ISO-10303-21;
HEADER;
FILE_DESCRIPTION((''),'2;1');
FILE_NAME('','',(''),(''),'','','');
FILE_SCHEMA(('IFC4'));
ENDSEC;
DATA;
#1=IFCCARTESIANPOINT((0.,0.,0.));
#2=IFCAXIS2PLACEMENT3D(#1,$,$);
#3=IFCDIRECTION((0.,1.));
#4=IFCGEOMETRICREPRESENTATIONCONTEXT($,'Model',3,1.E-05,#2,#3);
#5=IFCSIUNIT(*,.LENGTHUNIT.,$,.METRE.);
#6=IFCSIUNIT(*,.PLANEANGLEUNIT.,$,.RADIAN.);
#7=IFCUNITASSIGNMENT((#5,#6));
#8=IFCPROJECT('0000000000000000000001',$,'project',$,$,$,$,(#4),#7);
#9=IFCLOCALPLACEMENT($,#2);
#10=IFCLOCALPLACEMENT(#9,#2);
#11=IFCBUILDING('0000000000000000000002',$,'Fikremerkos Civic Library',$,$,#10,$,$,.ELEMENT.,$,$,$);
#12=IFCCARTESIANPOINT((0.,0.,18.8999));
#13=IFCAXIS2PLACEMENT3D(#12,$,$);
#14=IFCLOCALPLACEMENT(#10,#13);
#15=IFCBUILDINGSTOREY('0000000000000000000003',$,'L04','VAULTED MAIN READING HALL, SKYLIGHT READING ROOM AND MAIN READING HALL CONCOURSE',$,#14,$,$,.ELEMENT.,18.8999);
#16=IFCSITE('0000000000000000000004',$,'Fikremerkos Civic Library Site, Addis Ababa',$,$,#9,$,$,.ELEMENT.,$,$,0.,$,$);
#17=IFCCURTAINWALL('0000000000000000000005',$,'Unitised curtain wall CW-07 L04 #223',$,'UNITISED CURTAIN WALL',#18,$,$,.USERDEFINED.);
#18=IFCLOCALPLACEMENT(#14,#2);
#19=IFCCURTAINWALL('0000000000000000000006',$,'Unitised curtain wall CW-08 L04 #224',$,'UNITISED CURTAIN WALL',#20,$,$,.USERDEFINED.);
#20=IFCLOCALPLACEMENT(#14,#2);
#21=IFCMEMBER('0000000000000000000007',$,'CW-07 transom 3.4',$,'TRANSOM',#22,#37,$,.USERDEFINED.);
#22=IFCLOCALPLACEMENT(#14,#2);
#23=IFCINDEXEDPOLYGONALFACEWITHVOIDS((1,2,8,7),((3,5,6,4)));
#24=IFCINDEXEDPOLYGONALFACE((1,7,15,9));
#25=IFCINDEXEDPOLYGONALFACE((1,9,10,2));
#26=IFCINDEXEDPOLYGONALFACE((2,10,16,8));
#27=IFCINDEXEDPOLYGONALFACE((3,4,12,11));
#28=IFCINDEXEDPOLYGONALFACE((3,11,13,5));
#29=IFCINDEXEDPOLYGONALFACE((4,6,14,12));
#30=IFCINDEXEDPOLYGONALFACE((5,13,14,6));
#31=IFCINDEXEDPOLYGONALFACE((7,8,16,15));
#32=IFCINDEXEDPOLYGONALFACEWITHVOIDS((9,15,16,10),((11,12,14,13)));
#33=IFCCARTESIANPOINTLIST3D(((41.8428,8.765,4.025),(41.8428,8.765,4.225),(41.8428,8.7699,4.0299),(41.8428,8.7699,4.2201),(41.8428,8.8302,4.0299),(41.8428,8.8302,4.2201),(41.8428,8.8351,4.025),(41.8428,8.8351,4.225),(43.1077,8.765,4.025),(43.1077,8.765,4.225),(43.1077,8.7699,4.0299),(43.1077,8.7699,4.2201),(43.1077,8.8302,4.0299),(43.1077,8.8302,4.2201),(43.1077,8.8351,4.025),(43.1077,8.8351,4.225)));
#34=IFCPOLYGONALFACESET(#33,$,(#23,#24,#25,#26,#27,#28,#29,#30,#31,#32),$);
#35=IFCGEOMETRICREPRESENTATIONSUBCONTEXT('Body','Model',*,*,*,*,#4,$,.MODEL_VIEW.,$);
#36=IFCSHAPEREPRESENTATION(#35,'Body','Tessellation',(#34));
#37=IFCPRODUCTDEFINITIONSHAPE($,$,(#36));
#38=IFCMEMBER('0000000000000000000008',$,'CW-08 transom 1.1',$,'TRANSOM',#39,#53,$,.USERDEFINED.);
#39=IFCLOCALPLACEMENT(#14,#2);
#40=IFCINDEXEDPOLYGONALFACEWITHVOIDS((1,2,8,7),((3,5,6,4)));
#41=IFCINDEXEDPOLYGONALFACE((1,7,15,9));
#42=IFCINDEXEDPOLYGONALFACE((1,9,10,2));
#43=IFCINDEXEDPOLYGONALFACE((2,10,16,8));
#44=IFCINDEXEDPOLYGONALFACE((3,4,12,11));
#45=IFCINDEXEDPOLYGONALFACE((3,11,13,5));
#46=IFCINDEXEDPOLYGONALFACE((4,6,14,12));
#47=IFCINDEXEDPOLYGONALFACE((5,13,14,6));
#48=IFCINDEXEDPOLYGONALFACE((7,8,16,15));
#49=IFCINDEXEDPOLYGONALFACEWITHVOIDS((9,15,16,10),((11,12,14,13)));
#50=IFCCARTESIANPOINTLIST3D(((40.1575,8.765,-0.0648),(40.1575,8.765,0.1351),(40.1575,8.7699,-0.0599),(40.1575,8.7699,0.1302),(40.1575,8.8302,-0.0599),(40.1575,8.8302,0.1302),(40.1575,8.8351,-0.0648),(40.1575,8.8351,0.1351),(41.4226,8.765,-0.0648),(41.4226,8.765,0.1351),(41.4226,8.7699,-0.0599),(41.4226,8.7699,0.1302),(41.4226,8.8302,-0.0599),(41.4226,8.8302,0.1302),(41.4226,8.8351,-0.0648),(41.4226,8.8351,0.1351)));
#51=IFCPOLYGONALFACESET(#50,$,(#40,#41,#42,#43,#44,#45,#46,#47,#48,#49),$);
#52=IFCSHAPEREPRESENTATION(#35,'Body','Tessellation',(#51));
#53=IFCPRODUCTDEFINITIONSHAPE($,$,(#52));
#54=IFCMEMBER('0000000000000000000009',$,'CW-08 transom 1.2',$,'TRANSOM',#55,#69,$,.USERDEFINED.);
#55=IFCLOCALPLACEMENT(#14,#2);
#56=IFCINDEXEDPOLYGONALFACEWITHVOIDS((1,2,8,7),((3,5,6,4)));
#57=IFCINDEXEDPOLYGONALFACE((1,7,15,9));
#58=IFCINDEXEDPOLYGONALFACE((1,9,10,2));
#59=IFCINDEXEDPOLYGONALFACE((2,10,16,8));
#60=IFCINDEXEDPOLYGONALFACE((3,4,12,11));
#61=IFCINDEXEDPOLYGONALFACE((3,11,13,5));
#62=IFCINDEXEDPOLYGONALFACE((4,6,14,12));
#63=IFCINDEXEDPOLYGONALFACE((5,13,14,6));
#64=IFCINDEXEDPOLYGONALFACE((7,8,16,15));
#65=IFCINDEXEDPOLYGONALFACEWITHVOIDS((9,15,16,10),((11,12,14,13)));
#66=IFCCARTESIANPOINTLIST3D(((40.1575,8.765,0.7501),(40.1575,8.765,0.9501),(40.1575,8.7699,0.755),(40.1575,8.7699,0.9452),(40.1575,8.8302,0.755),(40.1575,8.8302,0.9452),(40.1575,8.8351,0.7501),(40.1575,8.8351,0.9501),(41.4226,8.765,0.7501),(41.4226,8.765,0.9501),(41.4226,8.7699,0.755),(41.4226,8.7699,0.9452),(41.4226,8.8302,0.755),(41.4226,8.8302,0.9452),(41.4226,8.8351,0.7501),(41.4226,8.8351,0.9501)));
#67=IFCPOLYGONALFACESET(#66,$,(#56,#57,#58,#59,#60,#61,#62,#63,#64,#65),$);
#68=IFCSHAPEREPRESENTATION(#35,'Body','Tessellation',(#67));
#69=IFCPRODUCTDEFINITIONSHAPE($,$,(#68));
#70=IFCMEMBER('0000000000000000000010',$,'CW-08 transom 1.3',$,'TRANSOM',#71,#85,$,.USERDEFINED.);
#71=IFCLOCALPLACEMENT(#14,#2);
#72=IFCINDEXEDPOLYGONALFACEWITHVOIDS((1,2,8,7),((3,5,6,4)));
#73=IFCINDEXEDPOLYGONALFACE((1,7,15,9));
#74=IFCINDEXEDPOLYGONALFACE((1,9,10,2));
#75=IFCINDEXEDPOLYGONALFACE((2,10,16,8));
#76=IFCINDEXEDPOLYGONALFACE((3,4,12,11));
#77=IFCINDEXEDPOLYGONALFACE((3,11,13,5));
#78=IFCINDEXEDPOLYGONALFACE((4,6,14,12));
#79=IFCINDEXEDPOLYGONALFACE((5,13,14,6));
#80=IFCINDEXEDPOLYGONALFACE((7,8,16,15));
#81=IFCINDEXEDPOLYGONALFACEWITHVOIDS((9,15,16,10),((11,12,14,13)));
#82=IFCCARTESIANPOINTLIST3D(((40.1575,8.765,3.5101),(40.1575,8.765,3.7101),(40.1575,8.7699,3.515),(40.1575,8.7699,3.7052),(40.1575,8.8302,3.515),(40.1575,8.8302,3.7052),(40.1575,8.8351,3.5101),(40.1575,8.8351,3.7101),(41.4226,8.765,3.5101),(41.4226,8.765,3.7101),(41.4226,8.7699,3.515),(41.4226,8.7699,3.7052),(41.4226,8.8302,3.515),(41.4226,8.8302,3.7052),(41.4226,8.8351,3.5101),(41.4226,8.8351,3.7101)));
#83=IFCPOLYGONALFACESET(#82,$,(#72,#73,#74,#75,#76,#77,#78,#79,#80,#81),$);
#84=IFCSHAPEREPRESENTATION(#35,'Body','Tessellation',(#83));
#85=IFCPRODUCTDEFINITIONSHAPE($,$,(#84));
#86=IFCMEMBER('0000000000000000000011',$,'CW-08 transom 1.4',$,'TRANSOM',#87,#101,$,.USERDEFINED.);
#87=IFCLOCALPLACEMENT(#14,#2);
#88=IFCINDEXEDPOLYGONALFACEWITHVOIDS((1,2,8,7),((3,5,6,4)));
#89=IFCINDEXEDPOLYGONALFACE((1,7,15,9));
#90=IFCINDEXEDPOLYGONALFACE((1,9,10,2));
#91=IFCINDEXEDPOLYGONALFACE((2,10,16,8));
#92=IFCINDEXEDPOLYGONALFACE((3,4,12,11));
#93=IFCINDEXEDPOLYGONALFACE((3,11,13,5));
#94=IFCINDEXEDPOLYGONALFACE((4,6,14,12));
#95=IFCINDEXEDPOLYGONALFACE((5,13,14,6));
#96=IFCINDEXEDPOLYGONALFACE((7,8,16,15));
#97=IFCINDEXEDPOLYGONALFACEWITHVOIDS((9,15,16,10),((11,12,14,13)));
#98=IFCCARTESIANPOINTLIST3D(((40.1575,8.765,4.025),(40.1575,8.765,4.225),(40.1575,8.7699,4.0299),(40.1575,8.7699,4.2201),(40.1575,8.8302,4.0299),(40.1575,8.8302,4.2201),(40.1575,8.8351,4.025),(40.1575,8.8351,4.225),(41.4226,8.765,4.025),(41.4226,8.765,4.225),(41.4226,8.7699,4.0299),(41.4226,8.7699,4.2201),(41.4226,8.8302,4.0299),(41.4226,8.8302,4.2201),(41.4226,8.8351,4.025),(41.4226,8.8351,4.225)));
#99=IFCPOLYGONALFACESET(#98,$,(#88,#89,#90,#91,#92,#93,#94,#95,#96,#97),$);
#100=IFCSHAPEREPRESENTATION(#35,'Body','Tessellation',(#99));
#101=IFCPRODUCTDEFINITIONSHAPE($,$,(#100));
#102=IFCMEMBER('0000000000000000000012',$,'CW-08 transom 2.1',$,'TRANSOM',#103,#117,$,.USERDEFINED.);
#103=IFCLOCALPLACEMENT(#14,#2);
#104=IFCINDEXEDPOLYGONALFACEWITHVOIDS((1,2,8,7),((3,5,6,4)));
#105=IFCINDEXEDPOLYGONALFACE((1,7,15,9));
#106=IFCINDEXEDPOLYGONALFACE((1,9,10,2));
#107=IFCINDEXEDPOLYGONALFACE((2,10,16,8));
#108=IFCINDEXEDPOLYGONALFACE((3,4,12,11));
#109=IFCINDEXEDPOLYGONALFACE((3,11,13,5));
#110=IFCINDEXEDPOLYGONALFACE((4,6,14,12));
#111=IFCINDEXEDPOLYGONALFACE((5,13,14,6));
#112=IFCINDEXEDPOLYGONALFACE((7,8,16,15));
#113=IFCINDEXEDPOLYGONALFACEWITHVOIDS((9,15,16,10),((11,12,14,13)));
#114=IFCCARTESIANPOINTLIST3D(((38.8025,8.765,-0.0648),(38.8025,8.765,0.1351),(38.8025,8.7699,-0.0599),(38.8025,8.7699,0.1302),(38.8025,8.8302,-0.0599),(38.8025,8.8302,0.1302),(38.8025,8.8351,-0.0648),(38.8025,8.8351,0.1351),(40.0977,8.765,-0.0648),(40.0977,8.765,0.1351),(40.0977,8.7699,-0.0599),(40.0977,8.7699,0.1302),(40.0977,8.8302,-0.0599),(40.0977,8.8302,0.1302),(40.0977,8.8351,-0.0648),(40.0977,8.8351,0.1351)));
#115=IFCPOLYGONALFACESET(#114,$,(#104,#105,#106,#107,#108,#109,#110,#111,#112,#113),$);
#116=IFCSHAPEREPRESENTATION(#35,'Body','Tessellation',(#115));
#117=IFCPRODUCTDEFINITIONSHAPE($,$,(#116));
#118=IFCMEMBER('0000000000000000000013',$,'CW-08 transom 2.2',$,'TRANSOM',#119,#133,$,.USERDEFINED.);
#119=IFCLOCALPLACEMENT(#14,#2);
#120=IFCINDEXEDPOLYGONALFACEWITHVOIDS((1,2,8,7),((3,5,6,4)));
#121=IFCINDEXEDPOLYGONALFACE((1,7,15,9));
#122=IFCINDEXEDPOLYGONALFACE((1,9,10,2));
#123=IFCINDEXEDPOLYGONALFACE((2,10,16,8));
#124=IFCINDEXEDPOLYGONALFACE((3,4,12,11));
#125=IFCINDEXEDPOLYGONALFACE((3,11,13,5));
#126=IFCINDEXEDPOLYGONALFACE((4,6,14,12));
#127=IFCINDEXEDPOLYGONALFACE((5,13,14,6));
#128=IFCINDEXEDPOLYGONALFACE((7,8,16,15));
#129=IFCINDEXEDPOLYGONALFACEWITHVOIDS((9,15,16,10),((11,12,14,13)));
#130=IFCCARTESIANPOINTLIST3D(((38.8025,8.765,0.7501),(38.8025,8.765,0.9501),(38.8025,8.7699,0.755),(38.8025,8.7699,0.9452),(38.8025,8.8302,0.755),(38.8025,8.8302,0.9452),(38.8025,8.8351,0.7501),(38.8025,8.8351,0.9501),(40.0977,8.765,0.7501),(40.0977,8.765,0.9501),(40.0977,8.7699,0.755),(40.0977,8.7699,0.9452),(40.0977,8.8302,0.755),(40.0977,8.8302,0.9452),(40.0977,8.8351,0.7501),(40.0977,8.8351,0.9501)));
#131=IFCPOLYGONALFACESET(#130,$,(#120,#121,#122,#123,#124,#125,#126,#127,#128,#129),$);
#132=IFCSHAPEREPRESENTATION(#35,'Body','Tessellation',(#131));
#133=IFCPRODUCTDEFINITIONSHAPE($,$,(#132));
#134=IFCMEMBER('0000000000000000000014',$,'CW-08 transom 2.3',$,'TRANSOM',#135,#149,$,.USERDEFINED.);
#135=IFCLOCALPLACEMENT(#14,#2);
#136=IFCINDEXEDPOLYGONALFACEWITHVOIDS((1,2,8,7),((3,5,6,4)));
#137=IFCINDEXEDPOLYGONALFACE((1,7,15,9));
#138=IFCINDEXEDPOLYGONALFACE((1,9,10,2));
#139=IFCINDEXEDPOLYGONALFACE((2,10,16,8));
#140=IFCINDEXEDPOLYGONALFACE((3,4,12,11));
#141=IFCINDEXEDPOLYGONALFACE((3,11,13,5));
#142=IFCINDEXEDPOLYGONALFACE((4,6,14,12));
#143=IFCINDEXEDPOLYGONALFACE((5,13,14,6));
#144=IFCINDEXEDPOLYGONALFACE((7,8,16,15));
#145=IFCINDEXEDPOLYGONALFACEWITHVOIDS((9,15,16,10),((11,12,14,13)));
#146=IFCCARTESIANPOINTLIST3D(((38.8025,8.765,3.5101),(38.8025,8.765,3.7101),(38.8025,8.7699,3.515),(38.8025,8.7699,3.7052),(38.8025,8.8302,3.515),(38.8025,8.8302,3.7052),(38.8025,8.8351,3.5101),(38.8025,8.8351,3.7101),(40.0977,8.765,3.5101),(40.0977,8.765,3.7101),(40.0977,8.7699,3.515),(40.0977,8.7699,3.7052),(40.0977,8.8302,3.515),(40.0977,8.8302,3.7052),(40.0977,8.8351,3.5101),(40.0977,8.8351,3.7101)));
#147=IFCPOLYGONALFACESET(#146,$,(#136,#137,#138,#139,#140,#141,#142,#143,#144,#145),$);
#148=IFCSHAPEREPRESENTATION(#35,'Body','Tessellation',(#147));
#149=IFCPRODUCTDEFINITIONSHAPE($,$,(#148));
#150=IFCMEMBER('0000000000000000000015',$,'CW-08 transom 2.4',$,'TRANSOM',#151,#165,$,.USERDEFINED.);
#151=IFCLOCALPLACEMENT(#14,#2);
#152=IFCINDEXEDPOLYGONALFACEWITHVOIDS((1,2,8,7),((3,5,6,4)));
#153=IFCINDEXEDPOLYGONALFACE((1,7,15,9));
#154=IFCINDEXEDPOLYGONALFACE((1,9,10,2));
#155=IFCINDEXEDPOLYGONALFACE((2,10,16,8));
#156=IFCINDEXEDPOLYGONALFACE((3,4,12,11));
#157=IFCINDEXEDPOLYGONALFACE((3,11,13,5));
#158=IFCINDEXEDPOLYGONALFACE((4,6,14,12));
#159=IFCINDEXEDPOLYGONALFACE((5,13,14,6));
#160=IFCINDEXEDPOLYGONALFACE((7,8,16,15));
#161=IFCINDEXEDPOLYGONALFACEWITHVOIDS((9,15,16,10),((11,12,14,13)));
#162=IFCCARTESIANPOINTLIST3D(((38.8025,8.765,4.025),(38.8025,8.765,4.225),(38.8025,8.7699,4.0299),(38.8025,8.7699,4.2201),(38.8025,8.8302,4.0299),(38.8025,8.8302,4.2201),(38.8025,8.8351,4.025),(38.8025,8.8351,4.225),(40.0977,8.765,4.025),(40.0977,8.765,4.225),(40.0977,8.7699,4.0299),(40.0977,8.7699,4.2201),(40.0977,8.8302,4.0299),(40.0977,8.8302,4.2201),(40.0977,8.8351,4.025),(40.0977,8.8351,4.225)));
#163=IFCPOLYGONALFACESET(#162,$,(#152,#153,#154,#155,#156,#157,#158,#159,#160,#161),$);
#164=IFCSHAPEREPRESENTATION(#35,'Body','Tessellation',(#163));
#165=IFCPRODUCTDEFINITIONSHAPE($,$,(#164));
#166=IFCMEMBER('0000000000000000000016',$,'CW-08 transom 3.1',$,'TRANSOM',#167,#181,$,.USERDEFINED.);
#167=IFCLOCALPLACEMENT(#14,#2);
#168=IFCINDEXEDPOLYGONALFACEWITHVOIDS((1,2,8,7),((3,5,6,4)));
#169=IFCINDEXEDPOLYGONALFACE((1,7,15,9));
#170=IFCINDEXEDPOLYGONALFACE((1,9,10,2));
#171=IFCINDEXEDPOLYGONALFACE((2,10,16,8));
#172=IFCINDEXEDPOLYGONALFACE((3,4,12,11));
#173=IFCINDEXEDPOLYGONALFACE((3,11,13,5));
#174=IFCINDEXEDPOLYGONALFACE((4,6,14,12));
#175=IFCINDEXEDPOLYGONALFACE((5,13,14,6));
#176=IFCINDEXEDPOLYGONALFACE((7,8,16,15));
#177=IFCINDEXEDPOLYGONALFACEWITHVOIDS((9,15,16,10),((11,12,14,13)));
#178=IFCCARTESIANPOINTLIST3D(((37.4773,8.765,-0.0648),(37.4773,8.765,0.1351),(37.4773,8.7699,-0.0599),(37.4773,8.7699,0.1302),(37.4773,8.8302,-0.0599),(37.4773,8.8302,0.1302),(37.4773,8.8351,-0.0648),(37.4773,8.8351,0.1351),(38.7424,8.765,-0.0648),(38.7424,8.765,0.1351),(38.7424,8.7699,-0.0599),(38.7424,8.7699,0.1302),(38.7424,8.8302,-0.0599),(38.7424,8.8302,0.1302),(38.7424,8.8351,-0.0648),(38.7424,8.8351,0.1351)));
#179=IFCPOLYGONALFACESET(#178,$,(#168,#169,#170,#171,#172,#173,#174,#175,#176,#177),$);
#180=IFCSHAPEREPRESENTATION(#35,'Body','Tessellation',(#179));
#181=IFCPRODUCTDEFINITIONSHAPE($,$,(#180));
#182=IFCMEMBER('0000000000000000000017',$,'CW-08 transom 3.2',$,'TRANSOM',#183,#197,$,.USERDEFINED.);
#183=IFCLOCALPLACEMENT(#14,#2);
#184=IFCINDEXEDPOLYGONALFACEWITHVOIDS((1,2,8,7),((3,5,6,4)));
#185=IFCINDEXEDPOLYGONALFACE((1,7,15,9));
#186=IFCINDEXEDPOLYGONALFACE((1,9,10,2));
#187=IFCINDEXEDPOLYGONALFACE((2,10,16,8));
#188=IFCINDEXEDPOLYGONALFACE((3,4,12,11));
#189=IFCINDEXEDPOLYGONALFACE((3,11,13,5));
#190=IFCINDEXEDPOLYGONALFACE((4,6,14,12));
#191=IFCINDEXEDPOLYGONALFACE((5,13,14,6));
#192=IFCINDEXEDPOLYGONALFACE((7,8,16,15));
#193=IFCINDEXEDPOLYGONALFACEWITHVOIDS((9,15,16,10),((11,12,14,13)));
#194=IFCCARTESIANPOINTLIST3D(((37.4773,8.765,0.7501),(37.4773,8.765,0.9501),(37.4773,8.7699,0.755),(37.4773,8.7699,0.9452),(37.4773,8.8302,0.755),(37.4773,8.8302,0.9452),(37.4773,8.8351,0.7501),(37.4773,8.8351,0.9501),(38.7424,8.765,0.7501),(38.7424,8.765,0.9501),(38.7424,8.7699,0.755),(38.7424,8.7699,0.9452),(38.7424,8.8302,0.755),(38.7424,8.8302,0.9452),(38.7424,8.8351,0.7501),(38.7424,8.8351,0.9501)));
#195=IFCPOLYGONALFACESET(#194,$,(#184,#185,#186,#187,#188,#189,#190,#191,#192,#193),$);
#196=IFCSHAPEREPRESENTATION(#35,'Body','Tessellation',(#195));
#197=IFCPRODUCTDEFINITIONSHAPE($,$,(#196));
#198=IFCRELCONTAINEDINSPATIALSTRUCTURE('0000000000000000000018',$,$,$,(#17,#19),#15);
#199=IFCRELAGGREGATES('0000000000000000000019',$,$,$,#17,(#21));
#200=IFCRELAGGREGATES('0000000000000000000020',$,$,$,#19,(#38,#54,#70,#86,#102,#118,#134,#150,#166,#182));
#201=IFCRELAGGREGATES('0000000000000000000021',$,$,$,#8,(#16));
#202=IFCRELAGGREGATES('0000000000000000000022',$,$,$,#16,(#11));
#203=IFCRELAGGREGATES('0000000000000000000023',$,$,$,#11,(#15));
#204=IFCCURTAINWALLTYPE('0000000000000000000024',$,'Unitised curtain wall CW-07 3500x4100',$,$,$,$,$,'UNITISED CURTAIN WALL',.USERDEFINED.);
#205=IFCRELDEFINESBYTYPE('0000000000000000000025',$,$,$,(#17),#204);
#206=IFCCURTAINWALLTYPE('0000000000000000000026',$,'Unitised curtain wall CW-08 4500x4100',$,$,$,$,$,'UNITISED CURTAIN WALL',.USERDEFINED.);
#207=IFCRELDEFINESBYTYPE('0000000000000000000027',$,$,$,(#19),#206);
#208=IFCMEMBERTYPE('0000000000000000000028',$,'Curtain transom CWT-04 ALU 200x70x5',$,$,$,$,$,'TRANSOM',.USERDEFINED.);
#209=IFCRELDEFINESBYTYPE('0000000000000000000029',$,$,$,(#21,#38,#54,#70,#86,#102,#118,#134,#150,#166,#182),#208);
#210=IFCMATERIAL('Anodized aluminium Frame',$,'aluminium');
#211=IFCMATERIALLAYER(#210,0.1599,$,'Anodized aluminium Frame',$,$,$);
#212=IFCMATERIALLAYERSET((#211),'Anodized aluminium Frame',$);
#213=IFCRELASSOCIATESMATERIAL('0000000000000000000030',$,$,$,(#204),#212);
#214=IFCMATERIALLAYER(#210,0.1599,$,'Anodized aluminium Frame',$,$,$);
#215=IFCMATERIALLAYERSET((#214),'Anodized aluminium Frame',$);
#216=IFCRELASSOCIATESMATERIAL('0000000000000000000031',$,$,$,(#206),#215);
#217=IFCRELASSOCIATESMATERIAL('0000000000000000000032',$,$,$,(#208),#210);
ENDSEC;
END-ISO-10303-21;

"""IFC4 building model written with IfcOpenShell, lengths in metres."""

from ifc_helpers import new_model, si_unit, direction, frame, origin, origin_2d, place, context, subcontext, project, spatial, hollow_rectangle, extrude, material, layer, layer_set, material_profile, profile_set, type_object, element, aggregate, save


model = new_model("IFC4")

# Units and contexts
model_context = context("Model", 3, precision=1e-05, world=origin(), true_north=direction((0.0, 1.0)))
body_context = subcontext(model_context, "Body", "Model", "MODEL_VIEW")
ifc_project = project(units=[si_unit("LENGTHUNIT", "METRE"), si_unit("PLANEANGLEUNIT", "RADIAN")], contexts=[model_context])

# Site, building, storey
site_placement = place(None, origin())
site = spatial("IfcSite", under=ifc_project, at=site_placement, Name="Fikremerkos Civic Library Site, Addis Ababa", CompositionType="ELEMENT", RefElevation=0.0)
building_placement = place(site_placement, origin())
building = spatial("IfcBuilding", under=site, at=building_placement, Name="Fikremerkos Civic Library", CompositionType="ELEMENT")
storey_placement = place(building_placement, frame((0.0, 0.0, 18.8999)))
storey = spatial("IfcBuildingStorey", under=building, at=storey_placement, Name="L04", Description="VAULTED MAIN READING HALL, SKYLIGHT READING ROOM AND MAIN READING HALL CONCOURSE", CompositionType="ELEMENT", Elevation=18.8999)

# Shared definitions
ifc_material_1 = material(Name="Anodized aluminium Frame", Category="aluminium")

# Curtain walls
ifc_layer_1 = layer(ifc_material_1, 0.1599, Name="Anodized aluminium Frame")
ifc_layer_set_1 = layer_set([ifc_layer_1], Name="Anodized aluminium Frame")
curtain_wall_type_1 = type_object("IfcCurtainWallType", Name="Unitised curtain wall CW-07 3500x4100", ElementType="UNITISED CURTAIN WALL", PredefinedType="USERDEFINED", material=ifc_layer_set_1)
curtain_wall_1_placement = place(storey_placement, origin())
curtain_wall_1 = element("IfcCurtainWall", 1, at=curtain_wall_1_placement, inside=storey, type_object=curtain_wall_type_1, Name="Unitised curtain wall CW-07 L04 #223", ObjectType="UNITISED CURTAIN WALL", PredefinedType="USERDEFINED")
ifc_layer_2 = layer(ifc_material_1, 0.1599, Name="Anodized aluminium Frame")
ifc_layer_set_2 = layer_set([ifc_layer_2], Name="Anodized aluminium Frame")
curtain_wall_type_2 = type_object("IfcCurtainWallType", Name="Unitised curtain wall CW-08 4500x4100", ElementType="UNITISED CURTAIN WALL", PredefinedType="USERDEFINED", material=ifc_layer_set_2)
curtain_wall_2_placement = place(storey_placement, origin())
curtain_wall_2 = element("IfcCurtainWall", 2, at=curtain_wall_2_placement, inside=storey, type_object=curtain_wall_type_2, Name="Unitised curtain wall CW-08 L04 #224", ObjectType="UNITISED CURTAIN WALL", PredefinedType="USERDEFINED")

# Members
ifc_material_profile_1 = material_profile(ifc_material_1, hollow_rectangle(XDim=0.0701, YDim=0.2, WallThickness=0.0049, at=origin_2d()), Name="ALU 200x70x5")
ifc_profile_set_1 = profile_set([ifc_material_profile_1], Name="Anodized aluminium Frame")
member_type_1 = type_object("IfcMemberType", Name="Curtain transom CWT-04 ALU 200x70x5", ElementType="TRANSOM", PredefinedType="USERDEFINED", material=ifc_profile_set_1)
member_1_placement = place(storey_placement, frame((43.1077, 8.8, 4.125), z_axis=(-1.0, 0.0, 0.0), x_axis=(0.0, -1.0, 0.0)))
member_1 = element("IfcMember", 3, at=member_1_placement, type_object=member_type_1, Name="CW-07 transom 3.4", ObjectType="TRANSOM", PredefinedType="USERDEFINED", context=body_context, shape_type="SweptSolid", body=[
    extrude(hollow_rectangle(XDim=0.0701, YDim=0.2, WallThickness=0.0049, at=origin_2d()), origin(), (0.0, 0.0, 1.0), 1.2649),
])
member_2_placement = place(storey_placement, frame((41.4226, 8.8, 0.0352), z_axis=(-1.0, 0.0, 0.0), x_axis=(0.0, -1.0, 0.0)))
member_2 = element("IfcMember", 4, at=member_2_placement, type_object=member_type_1, Name="CW-08 transom 1.1", ObjectType="TRANSOM", PredefinedType="USERDEFINED", context=body_context, shape_type="SweptSolid", body=[
    extrude(hollow_rectangle(XDim=0.0701, YDim=0.2, WallThickness=0.0049, at=origin_2d()), origin(), (0.0, 0.0, 1.0), 1.2651),
])
member_3_placement = place(storey_placement, frame((41.4226, 8.8, 0.8501), z_axis=(-1.0, 0.0, 0.0), x_axis=(0.0, -1.0, 0.0)))
member_3 = element("IfcMember", 5, at=member_3_placement, type_object=member_type_1, Name="CW-08 transom 1.2", ObjectType="TRANSOM", PredefinedType="USERDEFINED", context=body_context, shape_type="SweptSolid", body=[
    extrude(hollow_rectangle(XDim=0.0701, YDim=0.2, WallThickness=0.0049, at=origin_2d()), origin(), (0.0, 0.0, 1.0), 1.2651),
])
member_4_placement = place(storey_placement, frame((41.4226, 8.8, 3.6101), z_axis=(-1.0, 0.0, 0.0), x_axis=(0.0, -1.0, 0.0)))
member_4 = element("IfcMember", 6, at=member_4_placement, type_object=member_type_1, Name="CW-08 transom 1.3", ObjectType="TRANSOM", PredefinedType="USERDEFINED", context=body_context, shape_type="SweptSolid", body=[
    extrude(hollow_rectangle(XDim=0.0701, YDim=0.2, WallThickness=0.0049, at=origin_2d()), origin(), (0.0, 0.0, 1.0), 1.2651),
])
member_5_placement = place(storey_placement, frame((41.4226, 8.8, 4.125), z_axis=(-1.0, 0.0, 0.0), x_axis=(0.0, -1.0, 0.0)))
member_5 = element("IfcMember", 7, at=member_5_placement, type_object=member_type_1, Name="CW-08 transom 1.4", ObjectType="TRANSOM", PredefinedType="USERDEFINED", context=body_context, shape_type="SweptSolid", body=[
    extrude(hollow_rectangle(XDim=0.0701, YDim=0.2, WallThickness=0.0049, at=origin_2d()), origin(), (0.0, 0.0, 1.0), 1.2651),
])
member_6_placement = place(storey_placement, frame((40.0977, 8.8, 0.0352), z_axis=(-1.0, 0.0, 0.0), x_axis=(0.0, -1.0, 0.0)))
member_6 = element("IfcMember", 8, at=member_6_placement, type_object=member_type_1, Name="CW-08 transom 2.1", ObjectType="TRANSOM", PredefinedType="USERDEFINED", context=body_context, shape_type="SweptSolid", body=[
    extrude(hollow_rectangle(XDim=0.0701, YDim=0.2, WallThickness=0.0049, at=origin_2d()), origin(), (0.0, 0.0, 1.0), 1.2952),
])
member_7_placement = place(storey_placement, frame((40.0977, 8.8, 0.8501), z_axis=(-1.0, 0.0, 0.0), x_axis=(0.0, -1.0, 0.0)))
member_7 = element("IfcMember", 9, at=member_7_placement, type_object=member_type_1, Name="CW-08 transom 2.2", ObjectType="TRANSOM", PredefinedType="USERDEFINED", context=body_context, shape_type="SweptSolid", body=[
    extrude(hollow_rectangle(XDim=0.0701, YDim=0.2, WallThickness=0.0049, at=origin_2d()), origin(), (0.0, 0.0, 1.0), 1.2952),
])
member_8_placement = place(storey_placement, frame((40.0977, 8.8, 3.6101), z_axis=(-1.0, 0.0, 0.0), x_axis=(0.0, -1.0, 0.0)))
member_8 = element("IfcMember", 10, at=member_8_placement, type_object=member_type_1, Name="CW-08 transom 2.3", ObjectType="TRANSOM", PredefinedType="USERDEFINED", context=body_context, shape_type="SweptSolid", body=[
    extrude(hollow_rectangle(XDim=0.0701, YDim=0.2, WallThickness=0.0049, at=origin_2d()), origin(), (0.0, 0.0, 1.0), 1.2952),
])
member_9_placement = place(storey_placement, frame((40.0977, 8.8, 4.125), z_axis=(-1.0, 0.0, 0.0), x_axis=(0.0, -1.0, 0.0)))
member_9 = element("IfcMember", 11, at=member_9_placement, type_object=member_type_1, Name="CW-08 transom 2.4", ObjectType="TRANSOM", PredefinedType="USERDEFINED", context=body_context, shape_type="SweptSolid", body=[
    extrude(hollow_rectangle(XDim=0.0701, YDim=0.2, WallThickness=0.0049, at=origin_2d()), origin(), (0.0, 0.0, 1.0), 1.2952),
])
member_10_placement = place(storey_placement, frame((38.7424, 8.8, 0.0352), z_axis=(-1.0, 0.0, 0.0), x_axis=(0.0, -1.0, 0.0)))
member_10 = element("IfcMember", 12, at=member_10_placement, type_object=member_type_1, Name="CW-08 transom 3.1", ObjectType="TRANSOM", PredefinedType="USERDEFINED", context=body_context, shape_type="SweptSolid", body=[
    extrude(hollow_rectangle(XDim=0.0701, YDim=0.2, WallThickness=0.0049, at=origin_2d()), origin(), (0.0, 0.0, 1.0), 1.2651),
])
member_11_placement = place(storey_placement, frame((38.7424, 8.8, 0.8501), z_axis=(-1.0, 0.0, 0.0), x_axis=(0.0, -1.0, 0.0)))
member_11 = element("IfcMember", 13, at=member_11_placement, type_object=member_type_1, Name="CW-08 transom 3.2", ObjectType="TRANSOM", PredefinedType="USERDEFINED", context=body_context, shape_type="SweptSolid", body=[
    extrude(hollow_rectangle(XDim=0.0701, YDim=0.2, WallThickness=0.0049, at=origin_2d()), origin(), (0.0, 0.0, 1.0), 1.2651),
])

aggregate(curtain_wall_1, [member_1])
aggregate(curtain_wall_2, [member_2, member_3, member_4, member_5, member_6, member_7, member_8, member_9, member_10, member_11])

save(model, "model.ifc")
